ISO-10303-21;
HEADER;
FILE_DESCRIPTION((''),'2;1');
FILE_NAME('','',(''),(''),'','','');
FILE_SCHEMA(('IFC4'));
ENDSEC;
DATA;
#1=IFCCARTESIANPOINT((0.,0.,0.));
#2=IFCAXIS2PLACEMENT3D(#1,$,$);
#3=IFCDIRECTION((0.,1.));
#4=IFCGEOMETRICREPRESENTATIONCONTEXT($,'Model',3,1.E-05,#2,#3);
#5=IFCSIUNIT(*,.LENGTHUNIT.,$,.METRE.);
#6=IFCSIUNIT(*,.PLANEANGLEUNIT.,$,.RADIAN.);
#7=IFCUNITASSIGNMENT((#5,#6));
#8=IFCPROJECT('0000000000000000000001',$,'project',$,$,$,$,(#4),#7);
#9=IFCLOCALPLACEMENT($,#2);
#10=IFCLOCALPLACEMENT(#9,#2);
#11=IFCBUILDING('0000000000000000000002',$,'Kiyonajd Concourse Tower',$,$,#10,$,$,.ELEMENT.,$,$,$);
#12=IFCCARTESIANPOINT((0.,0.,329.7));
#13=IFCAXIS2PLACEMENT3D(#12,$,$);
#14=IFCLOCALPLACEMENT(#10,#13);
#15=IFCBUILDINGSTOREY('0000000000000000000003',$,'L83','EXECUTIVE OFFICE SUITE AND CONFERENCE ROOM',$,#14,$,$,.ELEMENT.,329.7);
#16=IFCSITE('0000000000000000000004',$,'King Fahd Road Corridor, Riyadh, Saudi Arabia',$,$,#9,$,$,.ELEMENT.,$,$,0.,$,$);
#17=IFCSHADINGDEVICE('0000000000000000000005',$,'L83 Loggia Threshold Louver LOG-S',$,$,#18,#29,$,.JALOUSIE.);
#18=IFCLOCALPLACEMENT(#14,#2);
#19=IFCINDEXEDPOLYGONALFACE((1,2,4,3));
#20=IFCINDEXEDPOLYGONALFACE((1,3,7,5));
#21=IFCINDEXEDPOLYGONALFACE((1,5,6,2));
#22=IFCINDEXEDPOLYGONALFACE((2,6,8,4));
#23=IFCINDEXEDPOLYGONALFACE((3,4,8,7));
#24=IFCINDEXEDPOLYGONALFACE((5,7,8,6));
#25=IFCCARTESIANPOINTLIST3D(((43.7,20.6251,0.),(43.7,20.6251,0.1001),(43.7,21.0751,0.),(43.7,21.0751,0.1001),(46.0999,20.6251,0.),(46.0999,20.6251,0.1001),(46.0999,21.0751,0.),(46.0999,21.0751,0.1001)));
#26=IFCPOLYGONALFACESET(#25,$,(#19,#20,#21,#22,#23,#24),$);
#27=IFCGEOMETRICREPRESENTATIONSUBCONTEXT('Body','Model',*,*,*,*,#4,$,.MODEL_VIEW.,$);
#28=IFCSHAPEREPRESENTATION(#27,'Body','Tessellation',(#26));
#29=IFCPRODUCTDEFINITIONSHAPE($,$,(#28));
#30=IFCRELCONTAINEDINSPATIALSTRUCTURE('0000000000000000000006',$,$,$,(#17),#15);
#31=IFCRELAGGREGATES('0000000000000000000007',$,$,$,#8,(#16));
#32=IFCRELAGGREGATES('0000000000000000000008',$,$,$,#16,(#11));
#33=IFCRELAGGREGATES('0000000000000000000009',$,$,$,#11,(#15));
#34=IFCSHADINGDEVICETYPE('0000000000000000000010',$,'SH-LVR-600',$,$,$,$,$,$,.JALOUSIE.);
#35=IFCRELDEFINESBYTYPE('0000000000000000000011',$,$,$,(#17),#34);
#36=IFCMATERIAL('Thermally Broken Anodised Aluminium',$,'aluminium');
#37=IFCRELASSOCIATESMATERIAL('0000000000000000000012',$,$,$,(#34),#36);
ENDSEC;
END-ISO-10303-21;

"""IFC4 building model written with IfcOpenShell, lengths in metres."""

from ifc_helpers import new_model, si_unit, direction, frame, origin, origin_2d, place, context, subcontext, project, spatial, rectangle, extrude, material, type_object, element, save


model = new_model("IFC4")

# Units and contexts
model_context = context("Model", 3, precision=1e-05, world=origin(), true_north=direction((0.0, 1.0)))
body_context = subcontext(model_context, "Body", "Model", "MODEL_VIEW")
ifc_project = project(units=[si_unit("LENGTHUNIT", "METRE"), si_unit("PLANEANGLEUNIT", "RADIAN")], contexts=[model_context])

# Site, building, storey
site_placement = place(None, origin())
site = spatial("IfcSite", under=ifc_project, at=site_placement, Name="King Fahd Road Corridor, Riyadh, Saudi Arabia", CompositionType="ELEMENT", RefElevation=0.0)
building_placement = place(site_placement, origin())
building = spatial("IfcBuilding", under=site, at=building_placement, Name="Kiyonajd Concourse Tower", CompositionType="ELEMENT")
storey_placement = place(building_placement, frame((0.0, 0.0, 329.7)))
storey = spatial("IfcBuildingStorey", under=building, at=storey_placement, Name="L83", Description="EXECUTIVE OFFICE SUITE AND CONFERENCE ROOM", CompositionType="ELEMENT", Elevation=329.7)

# Shared definitions
ifc_material_1 = material(Name="Thermally Broken Anodised Aluminium", Category="aluminium")

# Shading device
shading_device_type_1 = type_object("IfcShadingDeviceType", Name="SH-LVR-600", PredefinedType="JALOUSIE", material=ifc_material_1)
shading_device_1_placement = place(storey_placement, frame((44.8999, 20.8501, 0.0), z_axis=(0.0, 0.0, 1.0), x_axis=(1.0, 0.0, 0.0)))
element("IfcShadingDevice", 1, at=shading_device_1_placement, inside=storey, type_object=shading_device_type_1, Name="L83 Loggia Threshold Louver LOG-S", PredefinedType="JALOUSIE", context=body_context, shape_type="SweptSolid", body=[
    extrude(rectangle(XDim=2.3999, YDim=0.45, at=origin_2d()), origin(), (0.0, 0.0, 1.0), 0.1001),
])

save(model, "model.ifc")
